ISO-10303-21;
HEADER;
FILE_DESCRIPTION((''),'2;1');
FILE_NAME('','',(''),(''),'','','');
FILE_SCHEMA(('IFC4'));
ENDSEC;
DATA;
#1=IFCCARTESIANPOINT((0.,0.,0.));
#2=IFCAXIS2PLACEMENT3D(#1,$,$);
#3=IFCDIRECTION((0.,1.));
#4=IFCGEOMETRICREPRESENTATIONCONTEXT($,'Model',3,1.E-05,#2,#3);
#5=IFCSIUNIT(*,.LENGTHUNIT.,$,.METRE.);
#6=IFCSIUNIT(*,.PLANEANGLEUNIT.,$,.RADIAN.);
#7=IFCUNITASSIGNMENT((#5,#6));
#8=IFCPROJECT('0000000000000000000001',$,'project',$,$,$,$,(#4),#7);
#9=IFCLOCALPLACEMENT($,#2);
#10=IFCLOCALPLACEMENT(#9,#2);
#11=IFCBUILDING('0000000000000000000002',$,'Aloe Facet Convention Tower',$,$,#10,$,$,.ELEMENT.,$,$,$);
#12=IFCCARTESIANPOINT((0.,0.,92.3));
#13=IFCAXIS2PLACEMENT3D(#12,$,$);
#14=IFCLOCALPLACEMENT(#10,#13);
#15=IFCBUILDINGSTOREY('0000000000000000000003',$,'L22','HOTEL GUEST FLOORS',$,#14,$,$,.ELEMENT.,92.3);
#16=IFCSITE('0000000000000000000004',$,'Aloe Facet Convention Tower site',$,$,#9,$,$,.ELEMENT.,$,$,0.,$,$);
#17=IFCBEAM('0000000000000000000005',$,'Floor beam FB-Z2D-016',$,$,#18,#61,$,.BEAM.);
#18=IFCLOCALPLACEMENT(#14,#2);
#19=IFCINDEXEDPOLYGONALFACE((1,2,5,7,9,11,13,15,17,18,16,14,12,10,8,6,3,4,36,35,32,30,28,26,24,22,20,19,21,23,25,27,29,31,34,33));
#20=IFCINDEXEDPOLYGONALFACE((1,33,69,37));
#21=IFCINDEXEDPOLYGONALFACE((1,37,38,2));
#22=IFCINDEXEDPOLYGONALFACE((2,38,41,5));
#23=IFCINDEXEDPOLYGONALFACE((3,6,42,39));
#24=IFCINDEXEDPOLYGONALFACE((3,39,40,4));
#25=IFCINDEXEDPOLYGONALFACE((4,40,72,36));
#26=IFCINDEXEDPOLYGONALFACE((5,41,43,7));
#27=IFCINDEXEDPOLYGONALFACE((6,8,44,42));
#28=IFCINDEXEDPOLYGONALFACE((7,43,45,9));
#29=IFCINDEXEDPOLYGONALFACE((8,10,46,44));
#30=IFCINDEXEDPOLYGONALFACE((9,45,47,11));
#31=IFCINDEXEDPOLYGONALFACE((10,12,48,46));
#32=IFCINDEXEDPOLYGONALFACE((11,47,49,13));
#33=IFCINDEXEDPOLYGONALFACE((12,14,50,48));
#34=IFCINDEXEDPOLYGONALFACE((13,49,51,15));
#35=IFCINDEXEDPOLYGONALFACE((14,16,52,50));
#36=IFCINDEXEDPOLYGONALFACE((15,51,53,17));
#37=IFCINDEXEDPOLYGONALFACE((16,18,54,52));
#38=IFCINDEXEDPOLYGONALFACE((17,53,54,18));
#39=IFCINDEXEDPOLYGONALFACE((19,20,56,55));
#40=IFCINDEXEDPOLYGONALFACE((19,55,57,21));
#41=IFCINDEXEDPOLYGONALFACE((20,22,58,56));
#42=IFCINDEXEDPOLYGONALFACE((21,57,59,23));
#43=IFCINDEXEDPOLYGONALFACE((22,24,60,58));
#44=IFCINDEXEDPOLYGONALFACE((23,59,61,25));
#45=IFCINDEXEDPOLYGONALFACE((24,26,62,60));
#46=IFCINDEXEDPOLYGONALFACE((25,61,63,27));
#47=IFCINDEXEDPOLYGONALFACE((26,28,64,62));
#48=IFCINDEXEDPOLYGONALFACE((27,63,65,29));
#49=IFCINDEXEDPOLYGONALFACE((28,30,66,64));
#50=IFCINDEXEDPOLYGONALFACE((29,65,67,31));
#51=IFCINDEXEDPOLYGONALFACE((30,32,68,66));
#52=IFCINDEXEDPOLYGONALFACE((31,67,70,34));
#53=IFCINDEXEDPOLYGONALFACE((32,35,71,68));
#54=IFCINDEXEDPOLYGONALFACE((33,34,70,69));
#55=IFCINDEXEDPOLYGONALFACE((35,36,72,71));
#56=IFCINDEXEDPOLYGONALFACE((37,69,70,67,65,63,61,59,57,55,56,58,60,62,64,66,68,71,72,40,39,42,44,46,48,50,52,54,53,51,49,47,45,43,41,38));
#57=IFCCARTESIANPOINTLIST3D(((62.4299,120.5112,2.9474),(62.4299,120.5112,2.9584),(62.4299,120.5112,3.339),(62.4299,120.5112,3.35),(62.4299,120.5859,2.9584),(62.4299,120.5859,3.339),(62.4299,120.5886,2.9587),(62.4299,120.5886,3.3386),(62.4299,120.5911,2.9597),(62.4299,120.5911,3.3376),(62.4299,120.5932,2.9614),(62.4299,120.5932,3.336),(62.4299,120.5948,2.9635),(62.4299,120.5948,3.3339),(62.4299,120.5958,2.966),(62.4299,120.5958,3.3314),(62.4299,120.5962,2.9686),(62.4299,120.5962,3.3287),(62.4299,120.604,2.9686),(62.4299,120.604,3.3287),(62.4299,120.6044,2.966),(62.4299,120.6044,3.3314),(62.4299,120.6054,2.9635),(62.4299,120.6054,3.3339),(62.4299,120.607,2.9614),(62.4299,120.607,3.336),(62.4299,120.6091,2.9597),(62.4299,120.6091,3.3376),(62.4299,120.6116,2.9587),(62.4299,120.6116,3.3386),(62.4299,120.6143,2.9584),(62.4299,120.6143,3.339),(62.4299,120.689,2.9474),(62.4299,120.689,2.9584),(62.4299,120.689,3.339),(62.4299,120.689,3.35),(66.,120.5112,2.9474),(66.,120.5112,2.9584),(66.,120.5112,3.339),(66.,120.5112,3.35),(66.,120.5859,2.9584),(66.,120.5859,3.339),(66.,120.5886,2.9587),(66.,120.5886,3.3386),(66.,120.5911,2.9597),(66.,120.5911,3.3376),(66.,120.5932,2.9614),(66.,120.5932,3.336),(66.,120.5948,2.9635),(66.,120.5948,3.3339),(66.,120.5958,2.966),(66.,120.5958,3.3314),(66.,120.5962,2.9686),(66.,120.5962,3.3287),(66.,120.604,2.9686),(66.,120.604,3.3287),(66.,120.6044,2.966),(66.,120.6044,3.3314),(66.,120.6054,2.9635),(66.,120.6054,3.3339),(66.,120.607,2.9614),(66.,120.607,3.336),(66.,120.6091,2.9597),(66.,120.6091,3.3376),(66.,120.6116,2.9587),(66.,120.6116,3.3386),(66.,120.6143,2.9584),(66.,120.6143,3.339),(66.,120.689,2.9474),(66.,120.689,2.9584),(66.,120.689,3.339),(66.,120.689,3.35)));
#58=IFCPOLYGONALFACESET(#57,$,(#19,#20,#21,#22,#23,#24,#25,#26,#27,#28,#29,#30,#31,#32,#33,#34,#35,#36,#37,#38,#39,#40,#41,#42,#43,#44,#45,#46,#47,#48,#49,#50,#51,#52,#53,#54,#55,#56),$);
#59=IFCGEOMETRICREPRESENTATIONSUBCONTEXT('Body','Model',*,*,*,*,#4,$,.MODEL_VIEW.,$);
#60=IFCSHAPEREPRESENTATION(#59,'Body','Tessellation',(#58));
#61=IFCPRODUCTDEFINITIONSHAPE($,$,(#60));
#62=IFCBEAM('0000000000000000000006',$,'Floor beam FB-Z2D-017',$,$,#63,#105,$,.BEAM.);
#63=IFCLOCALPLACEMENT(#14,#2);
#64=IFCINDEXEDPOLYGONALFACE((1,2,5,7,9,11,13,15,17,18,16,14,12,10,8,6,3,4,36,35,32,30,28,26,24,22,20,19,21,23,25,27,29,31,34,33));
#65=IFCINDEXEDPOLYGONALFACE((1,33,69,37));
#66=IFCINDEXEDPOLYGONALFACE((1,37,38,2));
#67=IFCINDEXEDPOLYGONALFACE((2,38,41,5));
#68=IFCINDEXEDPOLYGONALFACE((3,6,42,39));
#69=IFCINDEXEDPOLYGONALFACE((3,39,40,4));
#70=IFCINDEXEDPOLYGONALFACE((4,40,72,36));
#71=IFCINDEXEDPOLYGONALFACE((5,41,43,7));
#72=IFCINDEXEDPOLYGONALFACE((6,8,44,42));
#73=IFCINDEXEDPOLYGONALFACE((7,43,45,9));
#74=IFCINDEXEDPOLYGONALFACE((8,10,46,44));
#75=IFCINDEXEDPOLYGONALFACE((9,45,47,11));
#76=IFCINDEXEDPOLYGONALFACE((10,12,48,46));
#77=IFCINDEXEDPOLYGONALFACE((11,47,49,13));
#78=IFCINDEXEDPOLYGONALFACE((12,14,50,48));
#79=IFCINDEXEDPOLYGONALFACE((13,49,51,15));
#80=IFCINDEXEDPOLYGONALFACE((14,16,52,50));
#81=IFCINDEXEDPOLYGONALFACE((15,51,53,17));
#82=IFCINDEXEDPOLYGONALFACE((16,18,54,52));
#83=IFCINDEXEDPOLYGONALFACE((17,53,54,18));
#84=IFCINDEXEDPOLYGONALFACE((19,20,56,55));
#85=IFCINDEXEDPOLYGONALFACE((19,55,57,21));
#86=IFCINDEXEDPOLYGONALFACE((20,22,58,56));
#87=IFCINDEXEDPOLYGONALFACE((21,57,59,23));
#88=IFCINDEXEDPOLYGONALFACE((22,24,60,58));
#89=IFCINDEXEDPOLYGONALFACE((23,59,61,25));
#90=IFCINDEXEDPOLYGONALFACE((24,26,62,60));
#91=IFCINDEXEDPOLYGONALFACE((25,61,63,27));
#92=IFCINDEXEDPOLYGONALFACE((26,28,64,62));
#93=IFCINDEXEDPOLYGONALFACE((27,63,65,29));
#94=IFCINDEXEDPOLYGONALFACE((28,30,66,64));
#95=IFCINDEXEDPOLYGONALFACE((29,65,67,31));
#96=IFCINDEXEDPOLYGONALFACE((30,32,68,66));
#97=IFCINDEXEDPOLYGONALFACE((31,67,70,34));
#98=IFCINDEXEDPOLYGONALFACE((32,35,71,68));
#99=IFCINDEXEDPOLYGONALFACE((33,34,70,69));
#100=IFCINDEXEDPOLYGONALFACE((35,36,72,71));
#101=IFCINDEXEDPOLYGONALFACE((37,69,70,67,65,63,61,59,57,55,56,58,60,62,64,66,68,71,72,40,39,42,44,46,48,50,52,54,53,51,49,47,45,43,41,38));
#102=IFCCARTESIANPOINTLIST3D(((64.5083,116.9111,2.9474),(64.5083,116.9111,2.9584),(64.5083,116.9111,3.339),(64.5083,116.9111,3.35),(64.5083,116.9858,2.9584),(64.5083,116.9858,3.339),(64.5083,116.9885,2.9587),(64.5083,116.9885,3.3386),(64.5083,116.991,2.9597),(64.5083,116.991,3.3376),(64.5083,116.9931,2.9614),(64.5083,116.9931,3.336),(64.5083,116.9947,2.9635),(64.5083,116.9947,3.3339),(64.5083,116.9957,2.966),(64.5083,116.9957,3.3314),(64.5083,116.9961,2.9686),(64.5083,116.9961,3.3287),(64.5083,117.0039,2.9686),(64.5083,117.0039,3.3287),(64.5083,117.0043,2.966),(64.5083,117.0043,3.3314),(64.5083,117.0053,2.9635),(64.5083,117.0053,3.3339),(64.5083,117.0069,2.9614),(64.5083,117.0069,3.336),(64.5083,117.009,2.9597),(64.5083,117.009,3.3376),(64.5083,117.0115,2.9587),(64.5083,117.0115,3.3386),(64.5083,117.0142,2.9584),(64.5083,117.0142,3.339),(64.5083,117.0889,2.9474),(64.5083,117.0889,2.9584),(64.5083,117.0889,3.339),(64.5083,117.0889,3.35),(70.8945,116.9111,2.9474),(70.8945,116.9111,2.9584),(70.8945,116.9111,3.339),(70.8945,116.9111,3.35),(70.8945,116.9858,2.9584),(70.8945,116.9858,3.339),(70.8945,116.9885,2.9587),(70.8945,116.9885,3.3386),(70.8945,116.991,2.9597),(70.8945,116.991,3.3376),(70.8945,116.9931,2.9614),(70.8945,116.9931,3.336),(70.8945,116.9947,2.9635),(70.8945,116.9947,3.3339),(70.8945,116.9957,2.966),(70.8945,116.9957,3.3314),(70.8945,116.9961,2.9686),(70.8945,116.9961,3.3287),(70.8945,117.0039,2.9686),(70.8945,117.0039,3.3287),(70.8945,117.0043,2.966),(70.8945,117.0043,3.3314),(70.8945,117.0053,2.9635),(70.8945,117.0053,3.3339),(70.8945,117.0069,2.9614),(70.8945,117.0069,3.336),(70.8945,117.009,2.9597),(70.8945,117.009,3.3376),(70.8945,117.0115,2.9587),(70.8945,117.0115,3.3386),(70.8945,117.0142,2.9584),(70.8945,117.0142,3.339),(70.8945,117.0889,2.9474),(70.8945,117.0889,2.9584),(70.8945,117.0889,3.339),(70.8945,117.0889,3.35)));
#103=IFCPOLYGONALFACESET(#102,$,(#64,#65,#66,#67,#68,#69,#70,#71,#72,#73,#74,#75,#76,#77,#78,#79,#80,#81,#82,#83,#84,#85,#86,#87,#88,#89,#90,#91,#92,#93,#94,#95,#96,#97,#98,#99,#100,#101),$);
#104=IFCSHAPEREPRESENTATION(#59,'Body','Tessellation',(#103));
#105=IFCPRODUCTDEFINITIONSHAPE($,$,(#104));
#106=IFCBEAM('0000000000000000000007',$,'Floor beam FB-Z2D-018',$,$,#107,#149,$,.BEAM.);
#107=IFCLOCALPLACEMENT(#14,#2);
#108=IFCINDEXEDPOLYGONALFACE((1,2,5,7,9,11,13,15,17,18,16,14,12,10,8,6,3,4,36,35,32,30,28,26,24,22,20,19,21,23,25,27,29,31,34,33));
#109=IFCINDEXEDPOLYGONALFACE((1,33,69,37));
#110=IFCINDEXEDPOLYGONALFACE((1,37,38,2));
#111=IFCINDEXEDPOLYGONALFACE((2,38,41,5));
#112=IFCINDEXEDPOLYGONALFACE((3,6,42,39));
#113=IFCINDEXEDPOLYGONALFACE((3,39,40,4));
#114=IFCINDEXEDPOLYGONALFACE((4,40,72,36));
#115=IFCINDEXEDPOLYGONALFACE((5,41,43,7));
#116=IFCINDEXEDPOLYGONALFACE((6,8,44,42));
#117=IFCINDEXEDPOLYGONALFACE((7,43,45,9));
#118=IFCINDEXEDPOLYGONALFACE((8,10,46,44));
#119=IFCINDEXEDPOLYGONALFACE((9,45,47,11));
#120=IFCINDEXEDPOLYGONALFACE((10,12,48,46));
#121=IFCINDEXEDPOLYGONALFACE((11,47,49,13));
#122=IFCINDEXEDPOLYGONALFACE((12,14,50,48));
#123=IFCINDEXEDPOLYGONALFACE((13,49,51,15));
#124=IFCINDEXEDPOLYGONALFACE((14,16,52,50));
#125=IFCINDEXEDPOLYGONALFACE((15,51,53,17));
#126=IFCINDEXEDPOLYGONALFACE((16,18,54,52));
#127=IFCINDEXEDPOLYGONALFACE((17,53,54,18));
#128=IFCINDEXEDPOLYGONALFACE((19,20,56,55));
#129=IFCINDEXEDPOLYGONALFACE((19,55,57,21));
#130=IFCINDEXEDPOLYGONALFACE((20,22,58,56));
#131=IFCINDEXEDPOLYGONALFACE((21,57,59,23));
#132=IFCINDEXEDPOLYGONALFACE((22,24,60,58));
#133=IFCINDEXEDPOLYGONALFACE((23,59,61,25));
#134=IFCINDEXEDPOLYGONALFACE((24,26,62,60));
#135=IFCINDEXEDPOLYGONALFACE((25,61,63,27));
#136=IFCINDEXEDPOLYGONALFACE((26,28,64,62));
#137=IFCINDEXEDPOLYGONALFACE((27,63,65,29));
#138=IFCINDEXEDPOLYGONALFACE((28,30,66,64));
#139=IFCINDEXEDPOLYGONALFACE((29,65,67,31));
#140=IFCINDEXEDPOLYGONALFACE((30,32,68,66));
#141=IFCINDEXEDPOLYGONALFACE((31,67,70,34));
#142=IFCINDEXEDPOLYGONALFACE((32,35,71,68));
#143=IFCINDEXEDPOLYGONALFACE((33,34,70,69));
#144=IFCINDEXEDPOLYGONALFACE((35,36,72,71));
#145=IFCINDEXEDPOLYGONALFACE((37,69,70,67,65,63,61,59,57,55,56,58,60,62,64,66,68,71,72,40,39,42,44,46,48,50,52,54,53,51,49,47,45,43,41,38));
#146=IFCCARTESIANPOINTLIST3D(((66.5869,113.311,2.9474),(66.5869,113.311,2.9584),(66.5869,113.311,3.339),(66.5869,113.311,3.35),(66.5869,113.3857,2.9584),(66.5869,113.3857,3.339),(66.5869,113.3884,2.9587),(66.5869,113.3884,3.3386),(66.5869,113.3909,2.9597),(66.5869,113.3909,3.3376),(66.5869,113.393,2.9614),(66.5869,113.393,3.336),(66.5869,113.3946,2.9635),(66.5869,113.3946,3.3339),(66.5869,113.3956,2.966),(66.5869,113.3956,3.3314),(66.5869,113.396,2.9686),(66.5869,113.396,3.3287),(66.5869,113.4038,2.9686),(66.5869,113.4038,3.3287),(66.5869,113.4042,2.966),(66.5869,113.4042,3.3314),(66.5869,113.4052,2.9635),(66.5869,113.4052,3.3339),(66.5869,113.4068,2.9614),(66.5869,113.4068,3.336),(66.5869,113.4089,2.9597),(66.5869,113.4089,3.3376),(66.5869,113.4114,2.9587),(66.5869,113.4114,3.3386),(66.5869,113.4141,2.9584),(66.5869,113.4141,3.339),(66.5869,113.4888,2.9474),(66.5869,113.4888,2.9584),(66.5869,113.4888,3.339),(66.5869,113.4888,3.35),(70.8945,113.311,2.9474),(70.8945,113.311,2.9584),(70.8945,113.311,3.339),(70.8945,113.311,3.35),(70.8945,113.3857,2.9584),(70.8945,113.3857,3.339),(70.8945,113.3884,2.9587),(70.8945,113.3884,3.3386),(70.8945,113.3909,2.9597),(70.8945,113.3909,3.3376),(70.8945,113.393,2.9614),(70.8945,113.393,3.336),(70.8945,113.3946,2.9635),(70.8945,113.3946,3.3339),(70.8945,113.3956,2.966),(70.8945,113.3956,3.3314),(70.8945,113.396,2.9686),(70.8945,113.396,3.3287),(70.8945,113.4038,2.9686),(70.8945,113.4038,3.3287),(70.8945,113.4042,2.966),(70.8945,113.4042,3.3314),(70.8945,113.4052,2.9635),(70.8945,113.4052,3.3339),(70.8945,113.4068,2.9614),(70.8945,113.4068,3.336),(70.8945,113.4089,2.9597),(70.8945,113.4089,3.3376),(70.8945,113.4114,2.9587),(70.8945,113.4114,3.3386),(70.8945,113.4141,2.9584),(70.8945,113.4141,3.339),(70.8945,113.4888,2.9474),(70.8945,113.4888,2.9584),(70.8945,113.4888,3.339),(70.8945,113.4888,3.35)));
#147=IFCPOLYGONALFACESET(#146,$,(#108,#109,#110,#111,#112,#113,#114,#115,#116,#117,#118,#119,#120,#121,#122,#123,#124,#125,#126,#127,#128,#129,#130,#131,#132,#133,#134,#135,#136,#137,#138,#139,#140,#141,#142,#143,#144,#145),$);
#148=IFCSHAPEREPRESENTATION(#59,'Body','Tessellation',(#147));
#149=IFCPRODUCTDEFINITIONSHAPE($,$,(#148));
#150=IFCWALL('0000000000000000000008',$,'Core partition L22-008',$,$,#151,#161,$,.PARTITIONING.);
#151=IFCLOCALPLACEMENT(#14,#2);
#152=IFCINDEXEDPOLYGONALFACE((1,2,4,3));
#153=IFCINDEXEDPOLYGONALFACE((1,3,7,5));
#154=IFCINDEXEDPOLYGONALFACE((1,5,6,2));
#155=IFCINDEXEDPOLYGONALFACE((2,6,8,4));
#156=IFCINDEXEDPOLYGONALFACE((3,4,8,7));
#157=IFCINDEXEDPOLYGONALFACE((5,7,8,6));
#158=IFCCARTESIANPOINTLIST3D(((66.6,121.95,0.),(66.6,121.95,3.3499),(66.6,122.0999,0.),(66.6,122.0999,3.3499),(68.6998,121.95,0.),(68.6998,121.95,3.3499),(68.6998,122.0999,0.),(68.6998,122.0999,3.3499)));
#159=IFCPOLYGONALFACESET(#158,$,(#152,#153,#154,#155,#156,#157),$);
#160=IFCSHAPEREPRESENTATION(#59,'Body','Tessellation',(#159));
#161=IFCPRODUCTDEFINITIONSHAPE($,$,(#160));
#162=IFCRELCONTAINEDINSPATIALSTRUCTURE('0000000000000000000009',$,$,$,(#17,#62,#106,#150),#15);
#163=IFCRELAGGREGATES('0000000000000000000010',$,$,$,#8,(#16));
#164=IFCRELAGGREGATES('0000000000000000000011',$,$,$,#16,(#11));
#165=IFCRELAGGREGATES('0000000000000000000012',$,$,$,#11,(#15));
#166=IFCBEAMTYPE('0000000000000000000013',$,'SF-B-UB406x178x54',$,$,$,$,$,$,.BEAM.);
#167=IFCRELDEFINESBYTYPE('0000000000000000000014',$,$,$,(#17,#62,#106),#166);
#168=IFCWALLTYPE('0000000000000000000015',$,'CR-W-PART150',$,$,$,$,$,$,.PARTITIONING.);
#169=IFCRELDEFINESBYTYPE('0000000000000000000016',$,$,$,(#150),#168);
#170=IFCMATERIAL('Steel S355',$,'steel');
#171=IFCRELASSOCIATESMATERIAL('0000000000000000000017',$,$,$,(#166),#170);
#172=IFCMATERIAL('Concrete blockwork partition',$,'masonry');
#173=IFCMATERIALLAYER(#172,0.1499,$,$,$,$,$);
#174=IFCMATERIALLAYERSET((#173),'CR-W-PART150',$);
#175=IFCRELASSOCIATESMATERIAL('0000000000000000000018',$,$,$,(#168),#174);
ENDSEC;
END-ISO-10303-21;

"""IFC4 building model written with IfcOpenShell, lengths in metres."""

from ifc_helpers import new_model, si_unit, direction, frame, frame_2d, origin, origin_2d, place, context, subcontext, project, spatial, rectangle, i_section, extrude, material, layer, layer_set, material_profile, profile_set, type_object, element, save


model = new_model("IFC4")

# Units and contexts
model_context = context("Model", 3, precision=1e-05, world=origin(), true_north=direction((0.0, 1.0)))
body_context = subcontext(model_context, "Body", "Model", "MODEL_VIEW")
ifc_project = project(units=[si_unit("LENGTHUNIT", "METRE"), si_unit("PLANEANGLEUNIT", "RADIAN")], contexts=[model_context])

# Site, building, storey
site_placement = place(None, origin())
site = spatial("IfcSite", under=ifc_project, at=site_placement, Name="Aloe Facet Convention Tower site", CompositionType="ELEMENT", RefElevation=0.0)
building_placement = place(site_placement, origin())
building = spatial("IfcBuilding", under=site, at=building_placement, Name="Aloe Facet Convention Tower", CompositionType="ELEMENT")
storey_placement = place(building_placement, frame((0.0, 0.0, 92.3)))
storey = spatial("IfcBuildingStorey", under=building, at=storey_placement, Name="L22", Description="HOTEL GUEST FLOORS", CompositionType="ELEMENT", Elevation=92.3)

# Beams
ifc_material_1 = material(Name="Steel S355", Category="steel")
ifc_material_profile = material_profile(ifc_material_1, i_section(OverallWidth=0.1777, OverallDepth=0.4026, WebThickness=0.0078, FlangeThickness=0.011, FilletRadius=0.0103, at=origin_2d()), Name="UB 406x178x54")
ifc_profile_set = profile_set([ifc_material_profile], Name="Steel S355")
beam_type = type_object("IfcBeamType", Name="SF-B-UB406x178x54", PredefinedType="BEAM", material=ifc_profile_set)
beam_1_placement = place(storey_placement, frame((62.4299, 120.6001, 3.1487), z_axis=(1.0, 0.0, 0.0), x_axis=(0.0, 1.0, 0.0)))
element("IfcBeam", 1, at=beam_1_placement, inside=storey, type_object=beam_type, Name="Floor beam FB-Z2D-016", PredefinedType="BEAM", context=body_context, shape_type="SweptSolid", body=[
    extrude(i_section(OverallWidth=0.1777, OverallDepth=0.4026, WebThickness=0.0078, FlangeThickness=0.011, FilletRadius=0.0103, at=origin_2d()), origin(), (0.0, 0.0, 1.0), 3.5701),
])
beam_2_placement = place(storey_placement, frame((64.5083, 117.0, 3.1487), z_axis=(1.0, 0.0, 0.0), x_axis=(0.0, 1.0, 0.0)))
element("IfcBeam", 2, at=beam_2_placement, inside=storey, type_object=beam_type, Name="Floor beam FB-Z2D-017", PredefinedType="BEAM", context=body_context, shape_type="SweptSolid", body=[
    extrude(i_section(OverallWidth=0.1777, OverallDepth=0.4026, WebThickness=0.0078, FlangeThickness=0.011, FilletRadius=0.0103, at=origin_2d()), origin(), (0.0, 0.0, 1.0), 6.3862),
])
beam_3_placement = place(storey_placement, frame((66.5869, 113.3999, 3.1487), z_axis=(1.0, 0.0, 0.0), x_axis=(0.0, 1.0, 0.0)))
element("IfcBeam", 3, at=beam_3_placement, inside=storey, type_object=beam_type, Name="Floor beam FB-Z2D-018", PredefinedType="BEAM", context=body_context, shape_type="SweptSolid", body=[
    extrude(i_section(OverallWidth=0.1777, OverallDepth=0.4026, WebThickness=0.0078, FlangeThickness=0.011, FilletRadius=0.0103, at=origin_2d()), origin(), (0.0, 0.0, 1.0), 4.3076),
])

# Wall
ifc_material_2 = material(Name="Concrete blockwork partition", Category="masonry")
ifc_layer_1 = layer(ifc_material_2, 0.1499)
ifc_layer_set_1 = layer_set([ifc_layer_1], Name="CR-W-PART150")
wall_type_1 = type_object("IfcWallType", Name="CR-W-PART150", PredefinedType="PARTITIONING", material=ifc_layer_set_1)
wall_1_placement = place(storey_placement, frame((66.6001, 122.0249, 0.0), z_axis=(0.0, 0.0, 1.0), x_axis=(1.0, 0.0, 0.0)))
element("IfcWall", 4, at=wall_1_placement, inside=storey, type_object=wall_type_1, Name="Core partition L22-008", PredefinedType="PARTITIONING", context=body_context, shape_type="SweptSolid", body=[
    extrude(rectangle(XDim=2.0999, YDim=0.1499, at=frame_2d((1.0498, 0.0))), origin(), (0.0, 0.0, 1.0), 3.3499),
])

save(model, "model.ifc")
